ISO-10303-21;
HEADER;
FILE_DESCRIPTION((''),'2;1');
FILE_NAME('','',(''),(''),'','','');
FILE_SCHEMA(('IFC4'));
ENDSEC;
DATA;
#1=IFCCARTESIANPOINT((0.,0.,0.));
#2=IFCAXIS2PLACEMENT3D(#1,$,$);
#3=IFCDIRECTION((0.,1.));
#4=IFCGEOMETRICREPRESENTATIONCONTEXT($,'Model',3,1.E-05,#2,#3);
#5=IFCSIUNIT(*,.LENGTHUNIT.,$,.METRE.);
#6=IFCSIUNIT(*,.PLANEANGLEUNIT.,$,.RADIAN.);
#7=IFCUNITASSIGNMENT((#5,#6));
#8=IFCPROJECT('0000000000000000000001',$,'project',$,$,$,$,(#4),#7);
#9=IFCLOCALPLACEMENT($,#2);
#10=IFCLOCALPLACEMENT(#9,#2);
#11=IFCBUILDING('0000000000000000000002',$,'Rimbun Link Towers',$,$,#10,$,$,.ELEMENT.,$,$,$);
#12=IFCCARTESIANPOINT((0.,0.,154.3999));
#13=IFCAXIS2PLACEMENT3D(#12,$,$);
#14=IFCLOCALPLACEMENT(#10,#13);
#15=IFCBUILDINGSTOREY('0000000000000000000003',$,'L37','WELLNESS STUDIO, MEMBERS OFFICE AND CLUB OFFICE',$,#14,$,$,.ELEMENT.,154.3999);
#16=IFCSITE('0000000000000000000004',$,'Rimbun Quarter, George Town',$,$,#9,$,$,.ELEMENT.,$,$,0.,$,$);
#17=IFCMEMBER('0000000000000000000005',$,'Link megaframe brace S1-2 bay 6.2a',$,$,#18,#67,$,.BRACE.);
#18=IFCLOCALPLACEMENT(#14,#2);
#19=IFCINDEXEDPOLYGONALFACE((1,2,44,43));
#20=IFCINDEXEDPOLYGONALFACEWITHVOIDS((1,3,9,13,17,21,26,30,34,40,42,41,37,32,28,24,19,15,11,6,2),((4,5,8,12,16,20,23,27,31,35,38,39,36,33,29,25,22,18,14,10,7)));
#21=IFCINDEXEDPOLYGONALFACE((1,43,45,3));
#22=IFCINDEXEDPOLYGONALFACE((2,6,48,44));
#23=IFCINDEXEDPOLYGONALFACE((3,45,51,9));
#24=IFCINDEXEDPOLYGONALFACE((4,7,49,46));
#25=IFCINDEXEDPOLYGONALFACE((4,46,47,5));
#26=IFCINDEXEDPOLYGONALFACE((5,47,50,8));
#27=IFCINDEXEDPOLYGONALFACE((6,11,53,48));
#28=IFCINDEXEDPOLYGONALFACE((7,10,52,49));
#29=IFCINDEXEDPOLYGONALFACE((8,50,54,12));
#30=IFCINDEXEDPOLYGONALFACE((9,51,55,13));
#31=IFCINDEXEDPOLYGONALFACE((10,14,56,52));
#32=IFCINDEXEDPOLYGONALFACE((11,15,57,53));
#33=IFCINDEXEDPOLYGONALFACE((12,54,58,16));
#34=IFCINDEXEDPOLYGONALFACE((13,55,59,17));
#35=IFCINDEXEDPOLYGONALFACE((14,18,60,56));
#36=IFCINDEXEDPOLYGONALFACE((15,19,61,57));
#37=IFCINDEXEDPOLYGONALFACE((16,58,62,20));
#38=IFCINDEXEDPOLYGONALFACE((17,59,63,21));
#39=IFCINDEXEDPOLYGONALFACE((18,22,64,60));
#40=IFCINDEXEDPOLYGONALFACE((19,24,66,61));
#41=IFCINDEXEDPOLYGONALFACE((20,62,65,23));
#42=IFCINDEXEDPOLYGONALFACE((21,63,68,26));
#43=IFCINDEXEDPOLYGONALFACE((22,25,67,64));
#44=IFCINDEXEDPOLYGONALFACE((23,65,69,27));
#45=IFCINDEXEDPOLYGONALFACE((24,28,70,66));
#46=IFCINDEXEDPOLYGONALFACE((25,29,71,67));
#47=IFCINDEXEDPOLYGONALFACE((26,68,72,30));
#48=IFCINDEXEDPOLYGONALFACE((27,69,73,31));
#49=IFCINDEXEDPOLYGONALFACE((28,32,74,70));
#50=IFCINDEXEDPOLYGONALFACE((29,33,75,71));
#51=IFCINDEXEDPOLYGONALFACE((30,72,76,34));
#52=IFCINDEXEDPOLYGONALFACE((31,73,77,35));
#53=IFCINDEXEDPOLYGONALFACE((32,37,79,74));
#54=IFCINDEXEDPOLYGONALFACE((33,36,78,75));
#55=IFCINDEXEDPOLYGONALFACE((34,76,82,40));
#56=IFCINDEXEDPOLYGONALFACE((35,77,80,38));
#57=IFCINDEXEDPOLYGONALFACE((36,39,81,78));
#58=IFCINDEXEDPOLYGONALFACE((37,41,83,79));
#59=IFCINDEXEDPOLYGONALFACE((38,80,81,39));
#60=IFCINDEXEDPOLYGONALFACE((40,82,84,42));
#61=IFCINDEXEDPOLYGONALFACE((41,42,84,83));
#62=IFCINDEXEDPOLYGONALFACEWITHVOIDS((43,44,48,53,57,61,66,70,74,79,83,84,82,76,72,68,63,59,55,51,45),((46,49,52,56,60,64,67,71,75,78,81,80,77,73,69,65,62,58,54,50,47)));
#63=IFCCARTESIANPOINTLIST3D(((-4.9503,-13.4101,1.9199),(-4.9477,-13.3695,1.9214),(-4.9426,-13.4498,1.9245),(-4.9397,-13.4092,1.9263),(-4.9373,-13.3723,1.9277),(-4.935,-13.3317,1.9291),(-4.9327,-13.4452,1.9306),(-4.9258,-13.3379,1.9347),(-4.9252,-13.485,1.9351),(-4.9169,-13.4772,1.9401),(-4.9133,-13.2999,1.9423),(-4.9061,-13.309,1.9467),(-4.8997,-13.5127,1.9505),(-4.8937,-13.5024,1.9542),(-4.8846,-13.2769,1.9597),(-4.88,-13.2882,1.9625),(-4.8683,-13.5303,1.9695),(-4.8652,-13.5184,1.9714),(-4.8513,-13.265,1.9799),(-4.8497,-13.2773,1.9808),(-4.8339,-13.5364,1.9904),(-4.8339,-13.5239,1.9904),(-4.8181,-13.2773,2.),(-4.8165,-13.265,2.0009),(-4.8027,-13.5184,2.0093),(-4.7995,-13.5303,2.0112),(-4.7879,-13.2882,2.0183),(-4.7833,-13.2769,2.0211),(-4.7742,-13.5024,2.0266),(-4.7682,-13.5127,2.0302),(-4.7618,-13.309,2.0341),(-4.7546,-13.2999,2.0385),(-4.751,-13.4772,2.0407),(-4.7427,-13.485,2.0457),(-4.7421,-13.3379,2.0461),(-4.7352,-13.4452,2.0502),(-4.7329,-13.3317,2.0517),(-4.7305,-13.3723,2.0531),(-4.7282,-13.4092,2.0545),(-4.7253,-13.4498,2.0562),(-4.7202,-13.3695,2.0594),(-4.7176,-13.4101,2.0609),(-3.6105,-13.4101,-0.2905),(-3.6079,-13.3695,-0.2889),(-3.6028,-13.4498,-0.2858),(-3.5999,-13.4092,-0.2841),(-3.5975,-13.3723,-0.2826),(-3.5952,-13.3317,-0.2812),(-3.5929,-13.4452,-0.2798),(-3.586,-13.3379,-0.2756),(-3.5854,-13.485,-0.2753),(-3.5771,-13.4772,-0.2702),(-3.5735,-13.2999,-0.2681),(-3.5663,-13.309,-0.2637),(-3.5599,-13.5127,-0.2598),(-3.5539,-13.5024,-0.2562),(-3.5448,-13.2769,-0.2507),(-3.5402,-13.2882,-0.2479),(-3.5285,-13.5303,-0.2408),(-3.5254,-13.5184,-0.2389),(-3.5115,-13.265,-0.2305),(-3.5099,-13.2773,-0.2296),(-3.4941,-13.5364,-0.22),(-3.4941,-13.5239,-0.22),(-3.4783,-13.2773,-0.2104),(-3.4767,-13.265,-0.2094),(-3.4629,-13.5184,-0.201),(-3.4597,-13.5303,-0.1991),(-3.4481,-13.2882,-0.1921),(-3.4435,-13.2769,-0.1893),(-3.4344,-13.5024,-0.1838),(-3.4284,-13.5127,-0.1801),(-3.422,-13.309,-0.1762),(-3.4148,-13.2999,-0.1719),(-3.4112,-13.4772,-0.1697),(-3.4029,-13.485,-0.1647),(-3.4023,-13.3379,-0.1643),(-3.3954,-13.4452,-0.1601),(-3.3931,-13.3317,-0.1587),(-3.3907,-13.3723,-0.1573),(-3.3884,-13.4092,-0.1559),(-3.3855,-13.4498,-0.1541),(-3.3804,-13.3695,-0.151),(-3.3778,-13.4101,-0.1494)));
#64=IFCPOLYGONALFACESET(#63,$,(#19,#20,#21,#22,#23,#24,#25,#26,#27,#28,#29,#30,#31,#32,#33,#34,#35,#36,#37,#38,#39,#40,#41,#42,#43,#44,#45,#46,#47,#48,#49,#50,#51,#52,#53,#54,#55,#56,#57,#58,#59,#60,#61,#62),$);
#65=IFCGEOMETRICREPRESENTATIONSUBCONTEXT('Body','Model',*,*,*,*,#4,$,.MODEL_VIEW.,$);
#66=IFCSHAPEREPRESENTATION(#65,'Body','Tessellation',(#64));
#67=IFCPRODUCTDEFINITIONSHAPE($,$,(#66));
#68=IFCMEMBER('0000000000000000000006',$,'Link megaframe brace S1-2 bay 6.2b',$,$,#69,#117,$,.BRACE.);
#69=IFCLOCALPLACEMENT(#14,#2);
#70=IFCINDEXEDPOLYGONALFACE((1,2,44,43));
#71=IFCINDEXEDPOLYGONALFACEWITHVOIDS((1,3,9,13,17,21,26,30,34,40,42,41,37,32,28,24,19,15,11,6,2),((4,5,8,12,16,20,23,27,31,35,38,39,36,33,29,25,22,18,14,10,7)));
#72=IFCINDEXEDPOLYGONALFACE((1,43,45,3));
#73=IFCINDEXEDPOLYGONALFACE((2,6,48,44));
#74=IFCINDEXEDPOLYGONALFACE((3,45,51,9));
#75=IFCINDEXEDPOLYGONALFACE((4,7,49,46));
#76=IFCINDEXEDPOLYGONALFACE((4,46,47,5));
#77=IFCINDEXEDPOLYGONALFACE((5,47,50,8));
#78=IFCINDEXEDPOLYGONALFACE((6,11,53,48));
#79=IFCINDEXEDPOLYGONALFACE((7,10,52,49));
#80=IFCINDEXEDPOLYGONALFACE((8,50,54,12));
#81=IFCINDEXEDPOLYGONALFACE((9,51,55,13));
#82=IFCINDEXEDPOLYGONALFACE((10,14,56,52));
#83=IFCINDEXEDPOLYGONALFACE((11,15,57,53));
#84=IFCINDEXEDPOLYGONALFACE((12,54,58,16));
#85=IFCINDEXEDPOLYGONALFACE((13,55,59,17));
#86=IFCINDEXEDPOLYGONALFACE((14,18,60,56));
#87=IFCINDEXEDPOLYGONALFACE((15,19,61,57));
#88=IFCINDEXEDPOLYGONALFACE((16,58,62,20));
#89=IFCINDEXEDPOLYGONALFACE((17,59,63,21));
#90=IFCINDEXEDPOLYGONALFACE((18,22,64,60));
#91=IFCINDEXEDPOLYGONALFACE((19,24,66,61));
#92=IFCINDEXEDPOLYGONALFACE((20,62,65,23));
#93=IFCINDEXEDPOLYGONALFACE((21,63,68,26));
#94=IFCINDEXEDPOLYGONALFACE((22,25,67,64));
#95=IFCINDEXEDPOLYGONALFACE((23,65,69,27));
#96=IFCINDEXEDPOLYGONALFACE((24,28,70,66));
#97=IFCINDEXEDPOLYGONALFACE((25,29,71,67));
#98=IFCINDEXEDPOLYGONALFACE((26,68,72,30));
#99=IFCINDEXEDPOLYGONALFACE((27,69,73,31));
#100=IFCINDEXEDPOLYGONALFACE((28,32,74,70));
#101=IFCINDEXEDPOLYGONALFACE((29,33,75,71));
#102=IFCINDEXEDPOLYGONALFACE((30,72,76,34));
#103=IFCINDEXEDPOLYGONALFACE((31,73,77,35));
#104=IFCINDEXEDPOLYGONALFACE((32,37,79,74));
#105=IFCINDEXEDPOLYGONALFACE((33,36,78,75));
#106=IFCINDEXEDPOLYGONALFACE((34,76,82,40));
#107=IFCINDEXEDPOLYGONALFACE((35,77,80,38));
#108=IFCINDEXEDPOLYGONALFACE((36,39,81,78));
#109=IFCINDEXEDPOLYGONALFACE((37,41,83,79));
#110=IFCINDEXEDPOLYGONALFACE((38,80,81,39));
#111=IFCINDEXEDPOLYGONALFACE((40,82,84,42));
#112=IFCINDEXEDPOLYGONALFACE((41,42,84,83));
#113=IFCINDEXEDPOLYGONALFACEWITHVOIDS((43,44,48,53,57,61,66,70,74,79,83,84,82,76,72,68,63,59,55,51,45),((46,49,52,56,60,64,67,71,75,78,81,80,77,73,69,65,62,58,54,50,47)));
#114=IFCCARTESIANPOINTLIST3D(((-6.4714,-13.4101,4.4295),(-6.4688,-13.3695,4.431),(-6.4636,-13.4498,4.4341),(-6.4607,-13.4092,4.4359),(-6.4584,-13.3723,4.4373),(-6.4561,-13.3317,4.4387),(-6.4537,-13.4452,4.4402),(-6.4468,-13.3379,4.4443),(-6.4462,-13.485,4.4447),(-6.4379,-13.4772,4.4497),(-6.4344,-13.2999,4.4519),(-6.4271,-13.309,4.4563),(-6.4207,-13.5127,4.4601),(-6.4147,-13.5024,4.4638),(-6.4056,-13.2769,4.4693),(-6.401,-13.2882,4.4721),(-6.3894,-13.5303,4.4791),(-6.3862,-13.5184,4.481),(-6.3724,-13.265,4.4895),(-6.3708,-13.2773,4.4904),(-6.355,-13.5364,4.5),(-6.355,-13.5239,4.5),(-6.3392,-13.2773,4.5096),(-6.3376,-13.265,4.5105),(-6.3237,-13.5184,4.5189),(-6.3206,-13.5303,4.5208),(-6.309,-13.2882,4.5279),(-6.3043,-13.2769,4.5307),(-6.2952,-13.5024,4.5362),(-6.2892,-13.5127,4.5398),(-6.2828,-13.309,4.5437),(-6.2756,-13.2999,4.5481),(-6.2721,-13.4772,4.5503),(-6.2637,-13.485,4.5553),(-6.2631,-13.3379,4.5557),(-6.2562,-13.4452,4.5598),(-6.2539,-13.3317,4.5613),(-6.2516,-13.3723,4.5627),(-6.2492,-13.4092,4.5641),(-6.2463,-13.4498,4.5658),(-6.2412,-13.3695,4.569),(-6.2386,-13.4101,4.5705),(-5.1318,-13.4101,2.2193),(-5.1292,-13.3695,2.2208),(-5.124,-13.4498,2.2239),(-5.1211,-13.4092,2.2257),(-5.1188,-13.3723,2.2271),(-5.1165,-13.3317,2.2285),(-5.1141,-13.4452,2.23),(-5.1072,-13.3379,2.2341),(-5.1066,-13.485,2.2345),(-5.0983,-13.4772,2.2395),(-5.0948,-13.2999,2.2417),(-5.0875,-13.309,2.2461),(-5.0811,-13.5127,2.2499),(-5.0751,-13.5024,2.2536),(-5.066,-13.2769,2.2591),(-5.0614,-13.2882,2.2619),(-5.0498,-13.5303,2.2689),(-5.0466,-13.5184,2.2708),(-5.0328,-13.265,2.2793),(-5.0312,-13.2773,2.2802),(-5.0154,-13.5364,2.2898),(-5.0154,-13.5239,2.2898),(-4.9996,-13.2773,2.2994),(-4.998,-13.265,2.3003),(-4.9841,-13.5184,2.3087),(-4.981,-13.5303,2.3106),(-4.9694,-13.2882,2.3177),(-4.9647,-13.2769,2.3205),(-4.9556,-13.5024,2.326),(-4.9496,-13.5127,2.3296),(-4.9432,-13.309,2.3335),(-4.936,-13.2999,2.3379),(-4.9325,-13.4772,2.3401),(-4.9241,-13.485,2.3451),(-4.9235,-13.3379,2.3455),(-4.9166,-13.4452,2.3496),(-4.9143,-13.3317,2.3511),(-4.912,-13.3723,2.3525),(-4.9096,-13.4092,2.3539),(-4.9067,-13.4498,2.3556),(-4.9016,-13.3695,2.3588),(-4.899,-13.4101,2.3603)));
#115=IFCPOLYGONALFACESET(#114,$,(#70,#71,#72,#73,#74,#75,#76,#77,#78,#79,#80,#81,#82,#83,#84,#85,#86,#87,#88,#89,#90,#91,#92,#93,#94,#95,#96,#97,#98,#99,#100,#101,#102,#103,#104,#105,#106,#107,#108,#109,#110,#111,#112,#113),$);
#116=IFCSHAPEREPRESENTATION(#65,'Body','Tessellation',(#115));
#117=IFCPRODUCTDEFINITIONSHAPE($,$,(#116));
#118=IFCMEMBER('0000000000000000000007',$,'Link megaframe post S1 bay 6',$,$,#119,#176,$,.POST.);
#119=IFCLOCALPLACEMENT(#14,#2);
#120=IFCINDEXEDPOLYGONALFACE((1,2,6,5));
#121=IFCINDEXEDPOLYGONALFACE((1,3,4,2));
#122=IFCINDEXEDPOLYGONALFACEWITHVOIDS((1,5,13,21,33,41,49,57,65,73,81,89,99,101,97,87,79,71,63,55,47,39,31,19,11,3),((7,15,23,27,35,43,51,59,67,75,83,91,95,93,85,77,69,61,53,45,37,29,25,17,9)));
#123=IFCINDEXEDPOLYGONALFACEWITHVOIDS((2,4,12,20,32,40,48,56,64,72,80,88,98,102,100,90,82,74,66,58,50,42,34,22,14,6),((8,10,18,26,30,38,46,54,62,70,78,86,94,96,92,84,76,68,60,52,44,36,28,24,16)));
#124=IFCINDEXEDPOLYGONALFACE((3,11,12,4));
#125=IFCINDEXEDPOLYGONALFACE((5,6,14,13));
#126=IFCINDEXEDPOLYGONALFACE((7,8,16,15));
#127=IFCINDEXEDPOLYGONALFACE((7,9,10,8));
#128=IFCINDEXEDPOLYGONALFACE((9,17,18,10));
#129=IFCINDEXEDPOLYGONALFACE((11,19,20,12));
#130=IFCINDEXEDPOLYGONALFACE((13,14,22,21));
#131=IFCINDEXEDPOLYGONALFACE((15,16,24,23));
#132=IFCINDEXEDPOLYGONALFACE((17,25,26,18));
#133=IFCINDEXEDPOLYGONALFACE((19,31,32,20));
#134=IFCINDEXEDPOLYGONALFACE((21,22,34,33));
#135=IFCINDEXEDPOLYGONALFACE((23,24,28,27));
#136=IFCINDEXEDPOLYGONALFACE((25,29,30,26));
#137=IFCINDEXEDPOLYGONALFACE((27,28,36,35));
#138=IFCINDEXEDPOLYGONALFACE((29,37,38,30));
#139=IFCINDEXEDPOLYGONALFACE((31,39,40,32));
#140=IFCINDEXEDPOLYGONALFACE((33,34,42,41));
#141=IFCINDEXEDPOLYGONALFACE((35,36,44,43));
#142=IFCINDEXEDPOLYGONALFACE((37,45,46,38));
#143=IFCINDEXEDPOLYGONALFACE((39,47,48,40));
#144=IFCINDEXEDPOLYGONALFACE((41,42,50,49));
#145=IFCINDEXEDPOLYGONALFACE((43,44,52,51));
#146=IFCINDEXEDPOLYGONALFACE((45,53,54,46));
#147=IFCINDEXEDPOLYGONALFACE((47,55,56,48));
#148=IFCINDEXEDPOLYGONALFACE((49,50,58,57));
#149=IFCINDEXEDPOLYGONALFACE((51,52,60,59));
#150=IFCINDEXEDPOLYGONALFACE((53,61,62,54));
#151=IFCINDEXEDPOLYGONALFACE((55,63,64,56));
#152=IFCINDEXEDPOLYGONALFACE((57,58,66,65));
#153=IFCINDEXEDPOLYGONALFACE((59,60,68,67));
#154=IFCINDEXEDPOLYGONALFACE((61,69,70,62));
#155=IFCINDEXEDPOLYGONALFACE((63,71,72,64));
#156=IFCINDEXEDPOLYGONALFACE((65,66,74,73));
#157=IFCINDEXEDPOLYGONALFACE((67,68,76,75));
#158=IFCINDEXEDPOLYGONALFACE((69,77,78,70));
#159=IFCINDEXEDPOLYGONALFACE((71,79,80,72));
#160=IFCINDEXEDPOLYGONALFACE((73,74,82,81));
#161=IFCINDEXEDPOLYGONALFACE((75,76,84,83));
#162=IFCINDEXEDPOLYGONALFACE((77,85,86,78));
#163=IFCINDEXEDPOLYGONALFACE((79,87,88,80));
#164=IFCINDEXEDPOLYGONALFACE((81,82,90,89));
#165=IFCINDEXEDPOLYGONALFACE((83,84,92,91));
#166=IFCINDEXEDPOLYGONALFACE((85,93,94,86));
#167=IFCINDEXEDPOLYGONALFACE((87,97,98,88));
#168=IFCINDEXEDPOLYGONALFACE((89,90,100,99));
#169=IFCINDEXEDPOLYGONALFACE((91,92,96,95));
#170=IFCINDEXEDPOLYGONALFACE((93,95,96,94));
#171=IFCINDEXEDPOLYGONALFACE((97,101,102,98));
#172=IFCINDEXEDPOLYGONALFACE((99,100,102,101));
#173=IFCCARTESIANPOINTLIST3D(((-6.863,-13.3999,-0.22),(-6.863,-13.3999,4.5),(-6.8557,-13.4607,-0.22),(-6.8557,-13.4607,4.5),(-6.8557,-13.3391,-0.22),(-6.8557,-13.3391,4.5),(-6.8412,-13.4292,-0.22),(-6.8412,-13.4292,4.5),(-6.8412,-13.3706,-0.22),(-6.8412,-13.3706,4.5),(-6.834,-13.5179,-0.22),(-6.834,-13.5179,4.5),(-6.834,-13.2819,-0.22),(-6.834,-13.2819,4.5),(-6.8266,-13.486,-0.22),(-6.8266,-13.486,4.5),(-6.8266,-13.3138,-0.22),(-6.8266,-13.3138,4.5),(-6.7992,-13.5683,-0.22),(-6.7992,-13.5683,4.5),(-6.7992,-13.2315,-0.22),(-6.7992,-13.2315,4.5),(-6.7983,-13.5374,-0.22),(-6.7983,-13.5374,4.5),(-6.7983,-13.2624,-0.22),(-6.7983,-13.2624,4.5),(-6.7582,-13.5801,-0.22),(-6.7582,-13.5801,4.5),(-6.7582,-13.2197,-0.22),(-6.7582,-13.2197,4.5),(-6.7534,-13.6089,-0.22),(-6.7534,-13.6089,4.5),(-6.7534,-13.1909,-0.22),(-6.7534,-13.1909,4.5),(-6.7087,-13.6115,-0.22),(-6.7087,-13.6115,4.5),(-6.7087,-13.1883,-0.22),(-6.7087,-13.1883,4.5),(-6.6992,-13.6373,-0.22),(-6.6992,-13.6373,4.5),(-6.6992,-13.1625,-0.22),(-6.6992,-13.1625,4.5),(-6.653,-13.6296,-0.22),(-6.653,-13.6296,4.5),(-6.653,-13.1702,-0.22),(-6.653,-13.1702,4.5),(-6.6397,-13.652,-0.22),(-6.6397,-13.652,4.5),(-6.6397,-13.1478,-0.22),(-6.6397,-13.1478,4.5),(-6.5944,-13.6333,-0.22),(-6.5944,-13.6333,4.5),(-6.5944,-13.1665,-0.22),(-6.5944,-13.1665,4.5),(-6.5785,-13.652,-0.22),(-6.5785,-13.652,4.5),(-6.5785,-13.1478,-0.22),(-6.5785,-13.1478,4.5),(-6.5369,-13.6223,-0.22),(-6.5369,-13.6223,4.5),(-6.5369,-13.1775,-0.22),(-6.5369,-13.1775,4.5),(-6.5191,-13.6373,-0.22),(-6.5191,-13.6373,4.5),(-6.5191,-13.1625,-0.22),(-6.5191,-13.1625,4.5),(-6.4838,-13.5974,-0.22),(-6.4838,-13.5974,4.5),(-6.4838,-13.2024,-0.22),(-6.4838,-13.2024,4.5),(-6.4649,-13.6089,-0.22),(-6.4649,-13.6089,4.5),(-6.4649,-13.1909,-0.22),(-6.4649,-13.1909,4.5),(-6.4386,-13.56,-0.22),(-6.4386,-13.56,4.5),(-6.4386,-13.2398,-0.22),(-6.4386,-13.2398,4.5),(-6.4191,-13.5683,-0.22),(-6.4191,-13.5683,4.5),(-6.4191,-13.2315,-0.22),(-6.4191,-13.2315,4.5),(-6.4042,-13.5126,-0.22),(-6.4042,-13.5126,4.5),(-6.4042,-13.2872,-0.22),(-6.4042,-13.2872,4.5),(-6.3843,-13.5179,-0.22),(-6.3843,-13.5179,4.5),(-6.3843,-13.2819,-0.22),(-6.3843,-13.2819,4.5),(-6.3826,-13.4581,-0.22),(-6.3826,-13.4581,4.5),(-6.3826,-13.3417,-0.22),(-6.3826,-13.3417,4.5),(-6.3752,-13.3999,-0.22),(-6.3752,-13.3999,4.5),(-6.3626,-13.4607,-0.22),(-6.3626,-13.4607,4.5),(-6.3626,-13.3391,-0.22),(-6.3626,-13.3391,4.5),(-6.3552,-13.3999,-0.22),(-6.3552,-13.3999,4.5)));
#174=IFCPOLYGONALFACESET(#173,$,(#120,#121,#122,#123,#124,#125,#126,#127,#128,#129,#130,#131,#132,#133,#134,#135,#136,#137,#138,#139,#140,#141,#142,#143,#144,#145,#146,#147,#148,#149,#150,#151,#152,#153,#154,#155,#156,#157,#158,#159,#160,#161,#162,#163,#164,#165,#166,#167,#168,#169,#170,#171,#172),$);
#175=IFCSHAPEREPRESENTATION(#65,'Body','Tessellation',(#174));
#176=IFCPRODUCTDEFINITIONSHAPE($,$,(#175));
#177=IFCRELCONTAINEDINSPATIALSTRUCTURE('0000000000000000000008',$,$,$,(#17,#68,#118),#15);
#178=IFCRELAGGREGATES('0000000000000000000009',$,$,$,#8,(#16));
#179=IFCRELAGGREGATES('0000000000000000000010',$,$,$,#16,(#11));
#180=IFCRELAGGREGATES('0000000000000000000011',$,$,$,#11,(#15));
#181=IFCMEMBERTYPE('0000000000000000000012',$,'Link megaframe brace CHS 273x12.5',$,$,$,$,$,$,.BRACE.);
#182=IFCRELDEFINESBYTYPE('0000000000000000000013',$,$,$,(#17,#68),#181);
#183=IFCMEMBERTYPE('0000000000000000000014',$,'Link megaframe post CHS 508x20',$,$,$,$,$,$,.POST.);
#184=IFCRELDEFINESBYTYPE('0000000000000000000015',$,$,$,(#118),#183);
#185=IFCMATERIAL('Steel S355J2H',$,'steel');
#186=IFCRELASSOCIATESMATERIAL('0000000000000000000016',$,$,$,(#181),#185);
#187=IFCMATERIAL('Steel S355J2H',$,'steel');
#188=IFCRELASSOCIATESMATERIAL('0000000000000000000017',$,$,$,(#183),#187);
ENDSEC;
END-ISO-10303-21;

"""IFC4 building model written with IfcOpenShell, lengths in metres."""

from ifc_helpers import new_model, si_unit, direction, frame, origin, origin_2d, place, context, subcontext, project, spatial, hollow_circle, extrude, material, material_profile, profile_set, type_object, element, save


model = new_model("IFC4")

# Units and contexts
model_context = context("Model", 3, precision=1e-05, world=origin(), true_north=direction((0.0, 1.0)))
body_context = subcontext(model_context, "Body", "Model", "MODEL_VIEW")
ifc_project = project(units=[si_unit("LENGTHUNIT", "METRE"), si_unit("PLANEANGLEUNIT", "RADIAN")], contexts=[model_context])

# Site, building, storey
site_placement = place(None, origin())
site = spatial("IfcSite", under=ifc_project, at=site_placement, Name="Rimbun Quarter, George Town", CompositionType="ELEMENT", RefElevation=0.0)
building_placement = place(site_placement, origin())
building = spatial("IfcBuilding", under=site, at=building_placement, Name="Rimbun Link Towers", CompositionType="ELEMENT")
storey_placement = place(building_placement, frame((0.0, 0.0, 154.3999)))
storey = spatial("IfcBuildingStorey", under=building, at=storey_placement, Name="L37", Description="WELLNESS STUDIO, MEMBERS OFFICE AND CLUB OFFICE", CompositionType="ELEMENT", Elevation=154.3999)

# Members
ifc_material_1 = material(Name="Steel S355J2H", Category="steel")
ifc_material_profile_1 = material_profile(ifc_material_1, hollow_circle(Radius=0.1365, WallThickness=0.0125, at=origin_2d()), Name="CHS 273x12.5")
ifc_profile_set_1 = profile_set([ifc_material_profile_1], Name="Steel S355J2H")
member_type_1 = type_object("IfcMemberType", Name="Link megaframe brace CHS 273x12.5", PredefinedType="BRACE", material=ifc_profile_set_1)
member_1_placement = place(storey_placement, frame((-3.4941, -13.3999, -0.22), z_axis=(-0.518352, 0.0, 0.855167), x_axis=(0.0, -1.0, 0.0)))
element("IfcMember", 1, at=member_1_placement, inside=storey, type_object=member_type_1, Name="Link megaframe brace S1-2 bay 6.2a", PredefinedType="BRACE", context=body_context, shape_type="SweptSolid", body=[
    extrude(hollow_circle(Radius=0.1365, WallThickness=0.0125, at=origin_2d()), origin(), (0.0, 0.0, 1.0), 2.5847),
])
member_2_placement = place(storey_placement, frame((-5.0154, -13.3999, 2.2898), z_axis=(-0.518325, 0.0, 0.855184), x_axis=(0.0, -1.0, 0.0)))
element("IfcMember", 2, at=member_2_placement, inside=storey, type_object=member_type_1, Name="Link megaframe brace S1-2 bay 6.2b", PredefinedType="BRACE", context=body_context, shape_type="SweptSolid", body=[
    extrude(hollow_circle(Radius=0.1365, WallThickness=0.0125, at=origin_2d()), origin(), (0.0, 0.0, 1.0), 2.5845),
])
ifc_material_2 = material(Name="Steel S355J2H", Category="steel")
ifc_material_profile_2 = material_profile(ifc_material_2, hollow_circle(Radius=0.2539, WallThickness=0.02, at=origin_2d()), Name="CHS 508x20")
ifc_profile_set_2 = profile_set([ifc_material_profile_2], Name="Steel S355J2H")
member_type_2 = type_object("IfcMemberType", Name="Link megaframe post CHS 508x20", PredefinedType="POST", material=ifc_profile_set_2)
for number, where, z_axis, x_axis, name in (
    (3, (-6.6091, -13.3999, -0.22), (0.0, 0.0, 1.0), (1.0, 0.0, 0.0), "Link megaframe post S1 bay 6"),
):
    element("IfcMember", number, at=place(storey_placement, frame(where, z_axis=z_axis, x_axis=x_axis)), inside=storey, type_object=member_type_2, Name=name, PredefinedType="POST", context=body_context, shape_type="SweptSolid", body=[
        extrude(hollow_circle(Radius=0.2539, WallThickness=0.02, at=origin_2d()), origin(), (0.0, 0.0, 1.0), 4.72),
    ])

save(model, "model.ifc")
